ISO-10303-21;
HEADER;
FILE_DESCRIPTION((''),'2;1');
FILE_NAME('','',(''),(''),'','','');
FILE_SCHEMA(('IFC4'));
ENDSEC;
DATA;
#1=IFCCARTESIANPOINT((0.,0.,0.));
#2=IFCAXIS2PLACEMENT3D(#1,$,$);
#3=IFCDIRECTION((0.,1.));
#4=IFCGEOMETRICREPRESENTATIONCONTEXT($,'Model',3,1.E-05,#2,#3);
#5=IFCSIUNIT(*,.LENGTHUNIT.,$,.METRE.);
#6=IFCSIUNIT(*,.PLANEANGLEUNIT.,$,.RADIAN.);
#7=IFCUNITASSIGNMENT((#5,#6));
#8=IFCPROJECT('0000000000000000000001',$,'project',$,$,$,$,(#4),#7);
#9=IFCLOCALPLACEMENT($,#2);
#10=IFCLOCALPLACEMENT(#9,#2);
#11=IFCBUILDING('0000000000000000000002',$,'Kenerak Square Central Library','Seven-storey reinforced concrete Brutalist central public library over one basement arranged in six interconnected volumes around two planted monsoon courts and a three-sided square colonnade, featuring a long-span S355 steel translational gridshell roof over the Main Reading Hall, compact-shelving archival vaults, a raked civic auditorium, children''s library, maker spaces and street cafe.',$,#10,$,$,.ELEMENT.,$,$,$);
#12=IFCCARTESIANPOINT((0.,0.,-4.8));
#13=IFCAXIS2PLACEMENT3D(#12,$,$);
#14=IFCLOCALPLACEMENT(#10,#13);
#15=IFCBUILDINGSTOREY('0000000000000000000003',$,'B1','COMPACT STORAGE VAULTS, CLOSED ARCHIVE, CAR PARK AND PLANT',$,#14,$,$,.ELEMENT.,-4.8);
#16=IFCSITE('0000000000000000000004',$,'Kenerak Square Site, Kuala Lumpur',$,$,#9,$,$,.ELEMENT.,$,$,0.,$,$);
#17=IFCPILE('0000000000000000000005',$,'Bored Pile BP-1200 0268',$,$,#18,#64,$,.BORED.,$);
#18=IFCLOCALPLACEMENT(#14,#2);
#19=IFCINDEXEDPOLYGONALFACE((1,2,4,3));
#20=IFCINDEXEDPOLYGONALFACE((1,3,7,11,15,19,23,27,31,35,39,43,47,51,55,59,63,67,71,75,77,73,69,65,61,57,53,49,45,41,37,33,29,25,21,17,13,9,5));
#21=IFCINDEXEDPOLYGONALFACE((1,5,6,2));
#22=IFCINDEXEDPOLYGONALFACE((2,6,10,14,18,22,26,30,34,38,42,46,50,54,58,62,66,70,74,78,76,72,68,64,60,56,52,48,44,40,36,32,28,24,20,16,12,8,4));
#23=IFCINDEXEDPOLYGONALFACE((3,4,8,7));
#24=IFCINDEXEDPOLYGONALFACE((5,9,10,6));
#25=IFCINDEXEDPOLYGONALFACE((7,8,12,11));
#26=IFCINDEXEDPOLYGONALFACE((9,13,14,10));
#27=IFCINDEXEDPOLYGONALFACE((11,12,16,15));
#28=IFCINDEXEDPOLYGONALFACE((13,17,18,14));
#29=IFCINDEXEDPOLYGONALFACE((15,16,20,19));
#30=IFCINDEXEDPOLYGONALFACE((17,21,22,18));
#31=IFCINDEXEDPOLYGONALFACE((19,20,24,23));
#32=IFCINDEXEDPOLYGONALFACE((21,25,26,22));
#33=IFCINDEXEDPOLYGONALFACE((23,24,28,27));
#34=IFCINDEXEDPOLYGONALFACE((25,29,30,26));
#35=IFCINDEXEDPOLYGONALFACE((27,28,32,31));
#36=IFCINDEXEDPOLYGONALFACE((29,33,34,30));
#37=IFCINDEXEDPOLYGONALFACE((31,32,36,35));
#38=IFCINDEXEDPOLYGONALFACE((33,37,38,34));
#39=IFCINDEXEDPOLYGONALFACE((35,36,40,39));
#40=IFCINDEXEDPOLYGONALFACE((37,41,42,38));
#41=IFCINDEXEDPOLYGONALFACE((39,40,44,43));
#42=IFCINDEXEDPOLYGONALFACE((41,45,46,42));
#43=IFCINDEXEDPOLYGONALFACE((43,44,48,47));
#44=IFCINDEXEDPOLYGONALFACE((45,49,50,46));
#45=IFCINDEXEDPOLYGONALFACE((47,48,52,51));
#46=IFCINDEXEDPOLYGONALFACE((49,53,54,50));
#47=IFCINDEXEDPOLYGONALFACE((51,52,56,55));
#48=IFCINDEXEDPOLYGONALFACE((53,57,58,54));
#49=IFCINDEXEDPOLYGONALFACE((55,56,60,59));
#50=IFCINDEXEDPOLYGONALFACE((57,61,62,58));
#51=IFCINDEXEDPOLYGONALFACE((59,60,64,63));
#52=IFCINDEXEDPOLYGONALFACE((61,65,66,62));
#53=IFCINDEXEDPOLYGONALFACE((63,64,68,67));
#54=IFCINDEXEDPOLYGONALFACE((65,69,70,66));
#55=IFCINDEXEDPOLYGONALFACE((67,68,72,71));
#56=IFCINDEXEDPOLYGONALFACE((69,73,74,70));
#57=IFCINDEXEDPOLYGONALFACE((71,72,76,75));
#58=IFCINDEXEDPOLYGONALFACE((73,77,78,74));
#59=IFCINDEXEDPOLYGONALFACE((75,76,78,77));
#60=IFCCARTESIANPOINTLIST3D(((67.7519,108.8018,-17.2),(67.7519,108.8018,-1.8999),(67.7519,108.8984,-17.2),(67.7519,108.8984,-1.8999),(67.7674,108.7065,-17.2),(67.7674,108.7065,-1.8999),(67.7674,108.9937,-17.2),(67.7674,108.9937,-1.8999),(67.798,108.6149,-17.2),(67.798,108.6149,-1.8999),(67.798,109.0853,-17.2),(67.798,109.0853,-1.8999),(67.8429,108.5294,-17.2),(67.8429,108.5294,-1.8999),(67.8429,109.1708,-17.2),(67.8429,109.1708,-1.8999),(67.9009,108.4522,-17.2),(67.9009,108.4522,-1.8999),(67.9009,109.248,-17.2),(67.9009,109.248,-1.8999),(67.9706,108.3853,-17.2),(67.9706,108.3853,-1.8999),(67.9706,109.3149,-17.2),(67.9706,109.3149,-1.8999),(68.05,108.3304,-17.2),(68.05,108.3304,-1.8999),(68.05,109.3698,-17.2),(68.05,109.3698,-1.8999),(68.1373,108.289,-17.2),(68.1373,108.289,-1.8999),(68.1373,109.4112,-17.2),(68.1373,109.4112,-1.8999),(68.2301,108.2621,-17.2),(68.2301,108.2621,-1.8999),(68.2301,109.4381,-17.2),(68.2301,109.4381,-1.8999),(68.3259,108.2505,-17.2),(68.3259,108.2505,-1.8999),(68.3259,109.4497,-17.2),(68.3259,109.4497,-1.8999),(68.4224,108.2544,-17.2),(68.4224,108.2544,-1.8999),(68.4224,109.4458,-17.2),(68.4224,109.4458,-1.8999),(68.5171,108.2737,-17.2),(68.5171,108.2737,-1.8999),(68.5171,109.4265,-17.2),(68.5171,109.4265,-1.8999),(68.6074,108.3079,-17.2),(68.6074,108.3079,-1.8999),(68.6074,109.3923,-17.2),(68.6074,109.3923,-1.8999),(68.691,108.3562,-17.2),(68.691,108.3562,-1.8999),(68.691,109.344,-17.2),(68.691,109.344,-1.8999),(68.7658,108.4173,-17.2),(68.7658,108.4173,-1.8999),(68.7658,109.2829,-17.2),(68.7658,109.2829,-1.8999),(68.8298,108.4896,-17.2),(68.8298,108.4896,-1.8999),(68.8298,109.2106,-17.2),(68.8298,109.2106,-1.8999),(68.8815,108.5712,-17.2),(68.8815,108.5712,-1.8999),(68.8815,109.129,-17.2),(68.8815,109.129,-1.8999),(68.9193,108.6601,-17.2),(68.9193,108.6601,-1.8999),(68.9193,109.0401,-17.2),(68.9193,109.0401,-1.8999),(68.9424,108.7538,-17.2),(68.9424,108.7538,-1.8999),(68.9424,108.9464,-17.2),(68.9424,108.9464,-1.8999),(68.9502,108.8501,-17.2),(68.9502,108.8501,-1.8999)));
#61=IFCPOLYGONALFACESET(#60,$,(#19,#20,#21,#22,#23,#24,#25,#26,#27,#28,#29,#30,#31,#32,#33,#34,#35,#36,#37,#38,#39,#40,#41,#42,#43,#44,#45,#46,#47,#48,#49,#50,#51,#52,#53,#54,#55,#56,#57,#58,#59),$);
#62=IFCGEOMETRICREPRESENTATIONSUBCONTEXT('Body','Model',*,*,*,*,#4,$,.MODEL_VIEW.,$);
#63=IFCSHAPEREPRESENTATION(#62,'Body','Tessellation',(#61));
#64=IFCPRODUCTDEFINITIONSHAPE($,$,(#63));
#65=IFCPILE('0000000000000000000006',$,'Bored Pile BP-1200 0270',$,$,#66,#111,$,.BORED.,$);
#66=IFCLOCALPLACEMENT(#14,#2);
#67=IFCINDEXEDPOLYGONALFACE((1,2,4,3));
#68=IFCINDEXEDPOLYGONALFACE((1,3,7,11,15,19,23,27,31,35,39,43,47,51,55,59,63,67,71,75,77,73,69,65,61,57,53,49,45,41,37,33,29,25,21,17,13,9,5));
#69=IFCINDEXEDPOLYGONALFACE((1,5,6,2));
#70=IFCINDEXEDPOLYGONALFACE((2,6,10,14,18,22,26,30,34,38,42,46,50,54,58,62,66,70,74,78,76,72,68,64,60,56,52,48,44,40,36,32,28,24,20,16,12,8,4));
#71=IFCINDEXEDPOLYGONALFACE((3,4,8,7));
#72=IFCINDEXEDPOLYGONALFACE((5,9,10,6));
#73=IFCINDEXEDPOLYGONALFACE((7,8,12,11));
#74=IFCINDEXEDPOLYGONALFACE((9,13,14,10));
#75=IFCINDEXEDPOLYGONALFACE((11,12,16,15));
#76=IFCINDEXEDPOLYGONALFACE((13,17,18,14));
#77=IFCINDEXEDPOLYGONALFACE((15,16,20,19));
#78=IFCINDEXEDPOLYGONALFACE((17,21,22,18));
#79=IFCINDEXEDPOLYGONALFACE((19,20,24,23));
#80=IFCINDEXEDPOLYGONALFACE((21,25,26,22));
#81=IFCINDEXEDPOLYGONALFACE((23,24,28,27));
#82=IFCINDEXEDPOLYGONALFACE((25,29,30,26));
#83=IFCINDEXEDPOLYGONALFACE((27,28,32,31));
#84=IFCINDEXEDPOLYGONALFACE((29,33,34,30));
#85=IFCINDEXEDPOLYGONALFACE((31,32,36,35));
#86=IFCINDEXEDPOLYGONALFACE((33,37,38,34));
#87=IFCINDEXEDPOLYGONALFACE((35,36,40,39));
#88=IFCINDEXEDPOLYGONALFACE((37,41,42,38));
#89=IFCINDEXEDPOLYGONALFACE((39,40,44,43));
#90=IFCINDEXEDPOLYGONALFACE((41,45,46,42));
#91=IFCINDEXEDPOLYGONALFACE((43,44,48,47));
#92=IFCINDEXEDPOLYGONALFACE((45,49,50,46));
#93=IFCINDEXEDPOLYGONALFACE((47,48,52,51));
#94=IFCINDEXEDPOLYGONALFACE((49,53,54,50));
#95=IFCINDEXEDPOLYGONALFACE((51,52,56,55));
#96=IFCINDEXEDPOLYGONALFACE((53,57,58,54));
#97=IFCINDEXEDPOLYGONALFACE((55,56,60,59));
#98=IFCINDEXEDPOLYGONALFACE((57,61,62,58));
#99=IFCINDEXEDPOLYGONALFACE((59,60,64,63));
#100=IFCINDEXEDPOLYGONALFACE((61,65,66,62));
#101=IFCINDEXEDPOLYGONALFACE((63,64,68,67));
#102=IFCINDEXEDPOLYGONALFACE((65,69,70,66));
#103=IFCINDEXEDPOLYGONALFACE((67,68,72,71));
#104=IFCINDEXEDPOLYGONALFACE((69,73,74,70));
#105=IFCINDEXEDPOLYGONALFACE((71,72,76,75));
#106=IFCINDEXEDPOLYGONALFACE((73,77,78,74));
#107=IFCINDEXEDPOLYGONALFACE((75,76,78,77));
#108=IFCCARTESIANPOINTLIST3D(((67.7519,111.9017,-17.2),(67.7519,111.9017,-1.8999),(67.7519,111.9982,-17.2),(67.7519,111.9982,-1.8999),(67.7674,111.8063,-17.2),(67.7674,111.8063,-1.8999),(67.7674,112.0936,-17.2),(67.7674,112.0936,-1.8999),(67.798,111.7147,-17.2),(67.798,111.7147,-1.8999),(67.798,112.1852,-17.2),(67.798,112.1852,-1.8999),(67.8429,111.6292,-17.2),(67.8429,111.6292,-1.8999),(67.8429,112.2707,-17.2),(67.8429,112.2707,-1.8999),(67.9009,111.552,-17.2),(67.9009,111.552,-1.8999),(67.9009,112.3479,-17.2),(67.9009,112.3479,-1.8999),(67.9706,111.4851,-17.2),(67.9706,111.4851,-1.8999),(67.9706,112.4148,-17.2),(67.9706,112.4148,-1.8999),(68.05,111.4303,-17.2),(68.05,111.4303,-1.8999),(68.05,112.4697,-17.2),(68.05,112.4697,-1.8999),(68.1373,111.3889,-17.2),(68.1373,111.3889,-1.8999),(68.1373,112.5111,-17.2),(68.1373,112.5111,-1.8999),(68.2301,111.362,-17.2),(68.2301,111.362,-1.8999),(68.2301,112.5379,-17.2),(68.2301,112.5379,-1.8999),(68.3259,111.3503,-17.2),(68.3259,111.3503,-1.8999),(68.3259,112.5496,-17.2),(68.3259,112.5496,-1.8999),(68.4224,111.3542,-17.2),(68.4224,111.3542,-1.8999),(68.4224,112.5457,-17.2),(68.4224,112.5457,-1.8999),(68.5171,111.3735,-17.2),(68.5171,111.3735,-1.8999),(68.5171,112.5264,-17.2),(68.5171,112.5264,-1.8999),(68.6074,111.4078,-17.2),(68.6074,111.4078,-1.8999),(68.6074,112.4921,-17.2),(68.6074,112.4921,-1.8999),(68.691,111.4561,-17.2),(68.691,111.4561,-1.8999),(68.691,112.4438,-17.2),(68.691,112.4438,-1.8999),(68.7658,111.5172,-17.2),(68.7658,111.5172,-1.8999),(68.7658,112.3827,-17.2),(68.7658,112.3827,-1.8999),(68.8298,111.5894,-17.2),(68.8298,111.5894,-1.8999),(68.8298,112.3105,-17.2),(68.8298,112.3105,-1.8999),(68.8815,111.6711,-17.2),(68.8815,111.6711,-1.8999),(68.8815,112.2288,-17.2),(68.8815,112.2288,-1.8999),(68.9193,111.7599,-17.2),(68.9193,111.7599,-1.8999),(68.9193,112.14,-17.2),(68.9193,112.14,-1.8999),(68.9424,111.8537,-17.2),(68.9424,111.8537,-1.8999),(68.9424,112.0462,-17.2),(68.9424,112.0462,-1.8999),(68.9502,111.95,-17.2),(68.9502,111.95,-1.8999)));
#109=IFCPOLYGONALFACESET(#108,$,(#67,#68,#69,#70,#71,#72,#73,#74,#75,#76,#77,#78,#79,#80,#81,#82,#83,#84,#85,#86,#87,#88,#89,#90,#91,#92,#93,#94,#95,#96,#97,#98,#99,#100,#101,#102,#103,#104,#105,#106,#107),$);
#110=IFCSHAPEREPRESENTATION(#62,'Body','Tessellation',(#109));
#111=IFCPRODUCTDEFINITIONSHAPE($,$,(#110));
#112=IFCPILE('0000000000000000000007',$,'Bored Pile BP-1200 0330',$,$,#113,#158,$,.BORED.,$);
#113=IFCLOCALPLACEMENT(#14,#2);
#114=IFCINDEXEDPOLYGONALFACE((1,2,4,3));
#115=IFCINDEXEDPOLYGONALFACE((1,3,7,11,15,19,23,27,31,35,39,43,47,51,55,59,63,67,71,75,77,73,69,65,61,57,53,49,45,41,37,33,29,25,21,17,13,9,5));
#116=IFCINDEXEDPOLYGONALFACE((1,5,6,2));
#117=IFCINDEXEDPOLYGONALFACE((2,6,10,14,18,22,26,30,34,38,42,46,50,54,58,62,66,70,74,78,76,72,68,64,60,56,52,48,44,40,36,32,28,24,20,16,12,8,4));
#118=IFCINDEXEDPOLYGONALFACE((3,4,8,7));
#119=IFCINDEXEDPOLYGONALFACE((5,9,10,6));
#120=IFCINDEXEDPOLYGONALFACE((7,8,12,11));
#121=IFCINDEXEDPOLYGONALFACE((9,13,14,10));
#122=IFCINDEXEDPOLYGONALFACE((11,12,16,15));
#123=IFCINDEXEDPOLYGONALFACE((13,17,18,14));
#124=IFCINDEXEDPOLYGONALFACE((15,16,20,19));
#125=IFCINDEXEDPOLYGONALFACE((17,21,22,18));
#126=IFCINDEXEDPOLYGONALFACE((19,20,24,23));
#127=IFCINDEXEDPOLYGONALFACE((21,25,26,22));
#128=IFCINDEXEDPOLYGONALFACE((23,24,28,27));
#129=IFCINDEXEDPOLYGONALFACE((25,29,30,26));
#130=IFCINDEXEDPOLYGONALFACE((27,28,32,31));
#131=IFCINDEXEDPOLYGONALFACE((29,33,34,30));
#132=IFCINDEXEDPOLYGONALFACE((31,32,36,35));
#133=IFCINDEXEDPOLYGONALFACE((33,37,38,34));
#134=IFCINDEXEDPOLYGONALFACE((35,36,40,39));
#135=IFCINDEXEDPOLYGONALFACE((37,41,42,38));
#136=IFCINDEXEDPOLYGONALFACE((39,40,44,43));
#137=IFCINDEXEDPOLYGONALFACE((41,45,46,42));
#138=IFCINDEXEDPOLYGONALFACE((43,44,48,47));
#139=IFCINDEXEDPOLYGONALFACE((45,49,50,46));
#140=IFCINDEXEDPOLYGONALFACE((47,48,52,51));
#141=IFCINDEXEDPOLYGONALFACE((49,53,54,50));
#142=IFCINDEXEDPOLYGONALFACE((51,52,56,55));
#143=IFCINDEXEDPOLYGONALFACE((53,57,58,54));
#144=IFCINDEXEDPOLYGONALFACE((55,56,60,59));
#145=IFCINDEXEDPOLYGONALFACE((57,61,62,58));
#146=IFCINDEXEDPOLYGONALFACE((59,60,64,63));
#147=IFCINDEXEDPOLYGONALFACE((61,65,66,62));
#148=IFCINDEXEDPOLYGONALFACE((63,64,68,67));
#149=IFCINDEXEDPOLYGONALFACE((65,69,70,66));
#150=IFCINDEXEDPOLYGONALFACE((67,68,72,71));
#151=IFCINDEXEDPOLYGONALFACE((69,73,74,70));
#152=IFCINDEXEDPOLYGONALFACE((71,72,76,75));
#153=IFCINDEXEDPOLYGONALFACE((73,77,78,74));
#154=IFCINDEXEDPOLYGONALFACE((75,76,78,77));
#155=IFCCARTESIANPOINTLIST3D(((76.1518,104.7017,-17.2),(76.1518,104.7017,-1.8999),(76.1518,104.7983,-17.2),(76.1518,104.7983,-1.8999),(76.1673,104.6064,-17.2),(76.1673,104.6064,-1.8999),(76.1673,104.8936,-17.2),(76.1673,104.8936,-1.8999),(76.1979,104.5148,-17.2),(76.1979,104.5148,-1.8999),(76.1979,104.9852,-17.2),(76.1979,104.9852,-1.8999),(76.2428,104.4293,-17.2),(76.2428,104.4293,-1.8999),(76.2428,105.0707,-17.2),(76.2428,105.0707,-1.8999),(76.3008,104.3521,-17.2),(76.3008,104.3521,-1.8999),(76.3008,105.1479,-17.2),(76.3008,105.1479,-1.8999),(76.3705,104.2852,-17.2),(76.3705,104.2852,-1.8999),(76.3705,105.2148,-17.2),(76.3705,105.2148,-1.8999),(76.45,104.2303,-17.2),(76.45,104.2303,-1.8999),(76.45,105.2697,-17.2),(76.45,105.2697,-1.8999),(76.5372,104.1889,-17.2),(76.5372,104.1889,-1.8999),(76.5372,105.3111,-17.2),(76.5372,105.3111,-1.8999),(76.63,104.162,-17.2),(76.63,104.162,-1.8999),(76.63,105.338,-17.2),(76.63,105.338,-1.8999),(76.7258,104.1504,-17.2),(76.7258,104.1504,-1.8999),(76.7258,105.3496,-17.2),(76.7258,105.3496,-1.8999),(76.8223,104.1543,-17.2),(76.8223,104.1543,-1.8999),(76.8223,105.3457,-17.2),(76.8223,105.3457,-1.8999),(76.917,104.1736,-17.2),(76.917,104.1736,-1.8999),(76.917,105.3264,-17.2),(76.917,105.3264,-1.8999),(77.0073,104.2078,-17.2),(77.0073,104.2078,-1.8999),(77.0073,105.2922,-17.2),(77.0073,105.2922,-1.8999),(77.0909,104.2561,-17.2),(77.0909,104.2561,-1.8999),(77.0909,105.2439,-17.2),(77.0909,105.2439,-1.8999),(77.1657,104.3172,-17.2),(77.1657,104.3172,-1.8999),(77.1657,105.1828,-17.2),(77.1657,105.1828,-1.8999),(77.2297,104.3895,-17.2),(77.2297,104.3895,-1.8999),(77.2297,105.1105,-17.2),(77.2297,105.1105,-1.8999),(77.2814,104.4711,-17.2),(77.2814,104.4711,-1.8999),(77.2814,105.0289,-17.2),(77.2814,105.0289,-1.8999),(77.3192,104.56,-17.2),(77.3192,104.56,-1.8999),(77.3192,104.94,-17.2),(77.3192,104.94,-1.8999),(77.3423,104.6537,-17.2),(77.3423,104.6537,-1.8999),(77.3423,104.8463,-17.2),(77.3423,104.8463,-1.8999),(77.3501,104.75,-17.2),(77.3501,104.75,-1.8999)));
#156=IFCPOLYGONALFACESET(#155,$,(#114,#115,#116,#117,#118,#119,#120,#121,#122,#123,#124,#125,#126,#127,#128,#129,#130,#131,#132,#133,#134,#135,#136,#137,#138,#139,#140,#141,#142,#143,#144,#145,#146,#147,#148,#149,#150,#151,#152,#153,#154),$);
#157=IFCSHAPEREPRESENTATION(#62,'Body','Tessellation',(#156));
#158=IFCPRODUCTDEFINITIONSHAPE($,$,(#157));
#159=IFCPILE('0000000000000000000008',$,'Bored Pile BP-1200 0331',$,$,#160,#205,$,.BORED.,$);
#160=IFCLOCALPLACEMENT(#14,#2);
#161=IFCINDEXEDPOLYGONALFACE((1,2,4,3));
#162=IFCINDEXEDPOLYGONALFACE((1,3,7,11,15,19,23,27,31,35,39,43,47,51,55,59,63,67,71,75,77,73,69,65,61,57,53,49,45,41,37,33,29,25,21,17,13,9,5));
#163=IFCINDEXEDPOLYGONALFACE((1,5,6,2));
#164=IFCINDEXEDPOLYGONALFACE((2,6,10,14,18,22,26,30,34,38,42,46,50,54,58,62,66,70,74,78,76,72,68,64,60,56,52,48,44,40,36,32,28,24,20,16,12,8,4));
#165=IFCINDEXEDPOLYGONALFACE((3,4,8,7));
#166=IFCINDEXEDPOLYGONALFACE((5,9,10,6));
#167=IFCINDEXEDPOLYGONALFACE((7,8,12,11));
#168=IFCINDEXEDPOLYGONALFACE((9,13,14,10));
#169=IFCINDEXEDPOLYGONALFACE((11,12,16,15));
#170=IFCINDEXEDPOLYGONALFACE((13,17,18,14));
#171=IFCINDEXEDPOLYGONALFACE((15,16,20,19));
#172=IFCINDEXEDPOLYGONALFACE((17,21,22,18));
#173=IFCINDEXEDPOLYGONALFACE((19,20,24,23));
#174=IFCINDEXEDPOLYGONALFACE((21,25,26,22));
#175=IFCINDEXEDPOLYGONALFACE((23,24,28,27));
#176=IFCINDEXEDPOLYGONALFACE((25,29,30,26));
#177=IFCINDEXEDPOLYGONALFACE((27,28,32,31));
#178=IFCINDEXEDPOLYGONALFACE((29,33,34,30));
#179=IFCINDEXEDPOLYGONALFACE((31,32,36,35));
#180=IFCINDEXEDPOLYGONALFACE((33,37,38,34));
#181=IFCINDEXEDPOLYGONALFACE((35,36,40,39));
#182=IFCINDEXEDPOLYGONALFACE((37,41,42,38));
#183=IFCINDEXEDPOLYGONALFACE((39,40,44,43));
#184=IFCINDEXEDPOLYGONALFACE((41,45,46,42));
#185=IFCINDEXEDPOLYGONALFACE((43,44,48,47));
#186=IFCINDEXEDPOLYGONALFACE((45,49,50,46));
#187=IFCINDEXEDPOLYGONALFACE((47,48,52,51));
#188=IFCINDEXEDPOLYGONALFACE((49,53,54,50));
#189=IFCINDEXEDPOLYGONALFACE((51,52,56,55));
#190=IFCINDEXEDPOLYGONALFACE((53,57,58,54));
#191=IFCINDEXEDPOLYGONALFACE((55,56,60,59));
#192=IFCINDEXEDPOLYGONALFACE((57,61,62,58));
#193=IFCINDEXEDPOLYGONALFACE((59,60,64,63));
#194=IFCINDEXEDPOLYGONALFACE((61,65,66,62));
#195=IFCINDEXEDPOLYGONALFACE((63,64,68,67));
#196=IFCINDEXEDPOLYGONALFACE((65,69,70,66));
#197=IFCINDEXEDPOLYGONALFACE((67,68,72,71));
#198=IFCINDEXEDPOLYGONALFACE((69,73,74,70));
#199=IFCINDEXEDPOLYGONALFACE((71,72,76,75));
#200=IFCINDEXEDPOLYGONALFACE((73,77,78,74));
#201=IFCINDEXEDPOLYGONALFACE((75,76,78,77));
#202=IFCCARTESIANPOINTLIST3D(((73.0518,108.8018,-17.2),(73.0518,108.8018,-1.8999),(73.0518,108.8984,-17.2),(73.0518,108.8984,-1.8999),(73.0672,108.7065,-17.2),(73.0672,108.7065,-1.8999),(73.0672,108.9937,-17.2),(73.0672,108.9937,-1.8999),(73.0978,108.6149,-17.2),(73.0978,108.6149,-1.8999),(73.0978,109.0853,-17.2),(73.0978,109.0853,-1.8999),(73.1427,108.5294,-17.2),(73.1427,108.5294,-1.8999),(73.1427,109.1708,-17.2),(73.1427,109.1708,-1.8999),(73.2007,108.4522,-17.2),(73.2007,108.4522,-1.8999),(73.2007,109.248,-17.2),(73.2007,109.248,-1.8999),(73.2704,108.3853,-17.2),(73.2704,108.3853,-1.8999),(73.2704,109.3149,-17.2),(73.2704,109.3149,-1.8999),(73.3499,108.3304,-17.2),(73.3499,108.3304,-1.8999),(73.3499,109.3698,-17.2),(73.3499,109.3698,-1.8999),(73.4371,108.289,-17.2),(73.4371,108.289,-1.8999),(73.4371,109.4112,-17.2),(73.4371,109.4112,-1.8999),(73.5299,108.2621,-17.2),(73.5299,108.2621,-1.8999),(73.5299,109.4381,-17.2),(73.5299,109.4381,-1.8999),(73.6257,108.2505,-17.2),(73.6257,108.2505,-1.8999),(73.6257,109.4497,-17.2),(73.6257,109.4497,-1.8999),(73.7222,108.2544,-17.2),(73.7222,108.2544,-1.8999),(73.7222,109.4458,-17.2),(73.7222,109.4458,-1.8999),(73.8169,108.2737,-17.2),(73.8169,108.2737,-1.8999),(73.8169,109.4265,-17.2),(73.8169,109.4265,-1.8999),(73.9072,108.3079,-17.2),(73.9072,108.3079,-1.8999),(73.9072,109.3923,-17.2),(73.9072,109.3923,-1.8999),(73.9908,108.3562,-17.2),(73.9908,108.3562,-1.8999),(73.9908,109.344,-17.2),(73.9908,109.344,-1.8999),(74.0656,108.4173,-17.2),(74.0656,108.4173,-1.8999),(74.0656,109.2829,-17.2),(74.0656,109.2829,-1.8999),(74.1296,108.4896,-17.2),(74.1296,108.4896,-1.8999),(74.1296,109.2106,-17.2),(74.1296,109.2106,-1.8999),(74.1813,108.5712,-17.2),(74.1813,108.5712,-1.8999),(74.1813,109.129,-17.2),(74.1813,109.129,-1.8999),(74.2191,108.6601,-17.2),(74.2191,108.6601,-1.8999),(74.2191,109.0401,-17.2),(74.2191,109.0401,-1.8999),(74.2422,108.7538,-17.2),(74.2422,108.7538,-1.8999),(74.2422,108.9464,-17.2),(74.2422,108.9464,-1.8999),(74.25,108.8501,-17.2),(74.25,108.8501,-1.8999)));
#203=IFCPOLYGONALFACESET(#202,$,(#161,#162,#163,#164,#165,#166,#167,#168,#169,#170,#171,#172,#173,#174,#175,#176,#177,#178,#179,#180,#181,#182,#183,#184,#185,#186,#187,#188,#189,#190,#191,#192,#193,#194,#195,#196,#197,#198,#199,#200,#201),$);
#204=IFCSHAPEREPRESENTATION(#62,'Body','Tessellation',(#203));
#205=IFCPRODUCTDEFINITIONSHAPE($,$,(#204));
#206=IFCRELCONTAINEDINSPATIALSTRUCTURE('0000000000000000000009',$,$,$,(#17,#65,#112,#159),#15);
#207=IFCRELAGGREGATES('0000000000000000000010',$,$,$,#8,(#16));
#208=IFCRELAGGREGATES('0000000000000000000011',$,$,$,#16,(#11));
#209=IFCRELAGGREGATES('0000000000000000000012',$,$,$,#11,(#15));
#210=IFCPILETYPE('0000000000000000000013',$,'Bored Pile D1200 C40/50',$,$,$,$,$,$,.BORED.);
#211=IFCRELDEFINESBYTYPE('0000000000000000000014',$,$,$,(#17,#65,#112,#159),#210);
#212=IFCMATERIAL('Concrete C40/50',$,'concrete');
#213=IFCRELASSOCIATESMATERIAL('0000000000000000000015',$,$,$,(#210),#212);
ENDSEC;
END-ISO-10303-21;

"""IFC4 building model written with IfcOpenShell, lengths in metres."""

from ifc_helpers import new_model, si_unit, direction, frame, origin, origin_2d, place, context, subcontext, project, spatial, circle, extrude, material, material_profile, profile_set, type_object, element, save


model = new_model("IFC4")

# Units and contexts
model_context = context("Model", 3, precision=1e-05, world=origin(), true_north=direction((0.0, 1.0)))
body_context = subcontext(model_context, "Body", "Model", "MODEL_VIEW")
ifc_project = project(units=[si_unit("LENGTHUNIT", "METRE"), si_unit("PLANEANGLEUNIT", "RADIAN")], contexts=[model_context])

# Site, building, storey
site_placement = place(None, origin())
site = spatial("IfcSite", under=ifc_project, at=site_placement, Name="Kenerak Square Site, Kuala Lumpur", CompositionType="ELEMENT", RefElevation=0.0)
building_placement = place(site_placement, origin())
building = spatial("IfcBuilding", under=site, at=building_placement, Name="Kenerak Square Central Library", Description="Seven-storey reinforced concrete Brutalist central public library over one basement arranged in six interconnected volumes around two planted monsoon courts and a three-sided square colonnade, featuring a long-span S355 steel translational gridshell roof over the Main Reading Hall, compact-shelving archival vaults, a raked civic auditorium, children's library, maker spaces and street cafe.", CompositionType="ELEMENT")
storey_placement = place(building_placement, frame((0.0, 0.0, -4.8)))
storey = spatial("IfcBuildingStorey", under=building, at=storey_placement, Name="B1", Description="COMPACT STORAGE VAULTS, CLOSED ARCHIVE, CAR PARK AND PLANT", CompositionType="ELEMENT", Elevation=-4.8)

# Piles
ifc_material_1 = material(Name="Concrete C40/50", Category="concrete")
ifc_material_profile_1 = material_profile(ifc_material_1, circle(Radius=0.6001, at=origin_2d()), Name="BP D1200")
ifc_profile_set_1 = profile_set([ifc_material_profile_1], Name="Concrete C40/50")
pile_type_1 = type_object("IfcPileType", Name="Bored Pile D1200 C40/50", PredefinedType="BORED", material=ifc_profile_set_1)
for number, where, z_axis, x_axis, name in (
    (1, (68.3501, 108.8501, -1.8999), (0.0, 0.0, -1.0), (1.0, 0.0, 0.0), "Bored Pile BP-1200 0268"),
    (2, (68.3501, 111.95, -1.8999), (0.0, 0.0, -1.0), (1.0, 0.0, 0.0), "Bored Pile BP-1200 0270"),
    (3, (76.75, 104.75, -1.8999), (0.0, 0.0, -1.0), (1.0, 0.0, 0.0), "Bored Pile BP-1200 0330"),
    (4, (73.6499, 108.8501, -1.8999), (0.0, 0.0, -1.0), (1.0, 0.0, 0.0), "Bored Pile BP-1200 0331"),
):
    element("IfcPile", number, at=place(storey_placement, frame(where, z_axis=z_axis, x_axis=x_axis)), inside=storey, type_object=pile_type_1, Name=name, PredefinedType="BORED", context=body_context, shape_type="SweptSolid", body=[
        extrude(circle(Radius=0.6001, at=origin_2d()), origin(), (0.0, 0.0, 1.0), 15.3),
    ])

save(model, "model.ifc")
